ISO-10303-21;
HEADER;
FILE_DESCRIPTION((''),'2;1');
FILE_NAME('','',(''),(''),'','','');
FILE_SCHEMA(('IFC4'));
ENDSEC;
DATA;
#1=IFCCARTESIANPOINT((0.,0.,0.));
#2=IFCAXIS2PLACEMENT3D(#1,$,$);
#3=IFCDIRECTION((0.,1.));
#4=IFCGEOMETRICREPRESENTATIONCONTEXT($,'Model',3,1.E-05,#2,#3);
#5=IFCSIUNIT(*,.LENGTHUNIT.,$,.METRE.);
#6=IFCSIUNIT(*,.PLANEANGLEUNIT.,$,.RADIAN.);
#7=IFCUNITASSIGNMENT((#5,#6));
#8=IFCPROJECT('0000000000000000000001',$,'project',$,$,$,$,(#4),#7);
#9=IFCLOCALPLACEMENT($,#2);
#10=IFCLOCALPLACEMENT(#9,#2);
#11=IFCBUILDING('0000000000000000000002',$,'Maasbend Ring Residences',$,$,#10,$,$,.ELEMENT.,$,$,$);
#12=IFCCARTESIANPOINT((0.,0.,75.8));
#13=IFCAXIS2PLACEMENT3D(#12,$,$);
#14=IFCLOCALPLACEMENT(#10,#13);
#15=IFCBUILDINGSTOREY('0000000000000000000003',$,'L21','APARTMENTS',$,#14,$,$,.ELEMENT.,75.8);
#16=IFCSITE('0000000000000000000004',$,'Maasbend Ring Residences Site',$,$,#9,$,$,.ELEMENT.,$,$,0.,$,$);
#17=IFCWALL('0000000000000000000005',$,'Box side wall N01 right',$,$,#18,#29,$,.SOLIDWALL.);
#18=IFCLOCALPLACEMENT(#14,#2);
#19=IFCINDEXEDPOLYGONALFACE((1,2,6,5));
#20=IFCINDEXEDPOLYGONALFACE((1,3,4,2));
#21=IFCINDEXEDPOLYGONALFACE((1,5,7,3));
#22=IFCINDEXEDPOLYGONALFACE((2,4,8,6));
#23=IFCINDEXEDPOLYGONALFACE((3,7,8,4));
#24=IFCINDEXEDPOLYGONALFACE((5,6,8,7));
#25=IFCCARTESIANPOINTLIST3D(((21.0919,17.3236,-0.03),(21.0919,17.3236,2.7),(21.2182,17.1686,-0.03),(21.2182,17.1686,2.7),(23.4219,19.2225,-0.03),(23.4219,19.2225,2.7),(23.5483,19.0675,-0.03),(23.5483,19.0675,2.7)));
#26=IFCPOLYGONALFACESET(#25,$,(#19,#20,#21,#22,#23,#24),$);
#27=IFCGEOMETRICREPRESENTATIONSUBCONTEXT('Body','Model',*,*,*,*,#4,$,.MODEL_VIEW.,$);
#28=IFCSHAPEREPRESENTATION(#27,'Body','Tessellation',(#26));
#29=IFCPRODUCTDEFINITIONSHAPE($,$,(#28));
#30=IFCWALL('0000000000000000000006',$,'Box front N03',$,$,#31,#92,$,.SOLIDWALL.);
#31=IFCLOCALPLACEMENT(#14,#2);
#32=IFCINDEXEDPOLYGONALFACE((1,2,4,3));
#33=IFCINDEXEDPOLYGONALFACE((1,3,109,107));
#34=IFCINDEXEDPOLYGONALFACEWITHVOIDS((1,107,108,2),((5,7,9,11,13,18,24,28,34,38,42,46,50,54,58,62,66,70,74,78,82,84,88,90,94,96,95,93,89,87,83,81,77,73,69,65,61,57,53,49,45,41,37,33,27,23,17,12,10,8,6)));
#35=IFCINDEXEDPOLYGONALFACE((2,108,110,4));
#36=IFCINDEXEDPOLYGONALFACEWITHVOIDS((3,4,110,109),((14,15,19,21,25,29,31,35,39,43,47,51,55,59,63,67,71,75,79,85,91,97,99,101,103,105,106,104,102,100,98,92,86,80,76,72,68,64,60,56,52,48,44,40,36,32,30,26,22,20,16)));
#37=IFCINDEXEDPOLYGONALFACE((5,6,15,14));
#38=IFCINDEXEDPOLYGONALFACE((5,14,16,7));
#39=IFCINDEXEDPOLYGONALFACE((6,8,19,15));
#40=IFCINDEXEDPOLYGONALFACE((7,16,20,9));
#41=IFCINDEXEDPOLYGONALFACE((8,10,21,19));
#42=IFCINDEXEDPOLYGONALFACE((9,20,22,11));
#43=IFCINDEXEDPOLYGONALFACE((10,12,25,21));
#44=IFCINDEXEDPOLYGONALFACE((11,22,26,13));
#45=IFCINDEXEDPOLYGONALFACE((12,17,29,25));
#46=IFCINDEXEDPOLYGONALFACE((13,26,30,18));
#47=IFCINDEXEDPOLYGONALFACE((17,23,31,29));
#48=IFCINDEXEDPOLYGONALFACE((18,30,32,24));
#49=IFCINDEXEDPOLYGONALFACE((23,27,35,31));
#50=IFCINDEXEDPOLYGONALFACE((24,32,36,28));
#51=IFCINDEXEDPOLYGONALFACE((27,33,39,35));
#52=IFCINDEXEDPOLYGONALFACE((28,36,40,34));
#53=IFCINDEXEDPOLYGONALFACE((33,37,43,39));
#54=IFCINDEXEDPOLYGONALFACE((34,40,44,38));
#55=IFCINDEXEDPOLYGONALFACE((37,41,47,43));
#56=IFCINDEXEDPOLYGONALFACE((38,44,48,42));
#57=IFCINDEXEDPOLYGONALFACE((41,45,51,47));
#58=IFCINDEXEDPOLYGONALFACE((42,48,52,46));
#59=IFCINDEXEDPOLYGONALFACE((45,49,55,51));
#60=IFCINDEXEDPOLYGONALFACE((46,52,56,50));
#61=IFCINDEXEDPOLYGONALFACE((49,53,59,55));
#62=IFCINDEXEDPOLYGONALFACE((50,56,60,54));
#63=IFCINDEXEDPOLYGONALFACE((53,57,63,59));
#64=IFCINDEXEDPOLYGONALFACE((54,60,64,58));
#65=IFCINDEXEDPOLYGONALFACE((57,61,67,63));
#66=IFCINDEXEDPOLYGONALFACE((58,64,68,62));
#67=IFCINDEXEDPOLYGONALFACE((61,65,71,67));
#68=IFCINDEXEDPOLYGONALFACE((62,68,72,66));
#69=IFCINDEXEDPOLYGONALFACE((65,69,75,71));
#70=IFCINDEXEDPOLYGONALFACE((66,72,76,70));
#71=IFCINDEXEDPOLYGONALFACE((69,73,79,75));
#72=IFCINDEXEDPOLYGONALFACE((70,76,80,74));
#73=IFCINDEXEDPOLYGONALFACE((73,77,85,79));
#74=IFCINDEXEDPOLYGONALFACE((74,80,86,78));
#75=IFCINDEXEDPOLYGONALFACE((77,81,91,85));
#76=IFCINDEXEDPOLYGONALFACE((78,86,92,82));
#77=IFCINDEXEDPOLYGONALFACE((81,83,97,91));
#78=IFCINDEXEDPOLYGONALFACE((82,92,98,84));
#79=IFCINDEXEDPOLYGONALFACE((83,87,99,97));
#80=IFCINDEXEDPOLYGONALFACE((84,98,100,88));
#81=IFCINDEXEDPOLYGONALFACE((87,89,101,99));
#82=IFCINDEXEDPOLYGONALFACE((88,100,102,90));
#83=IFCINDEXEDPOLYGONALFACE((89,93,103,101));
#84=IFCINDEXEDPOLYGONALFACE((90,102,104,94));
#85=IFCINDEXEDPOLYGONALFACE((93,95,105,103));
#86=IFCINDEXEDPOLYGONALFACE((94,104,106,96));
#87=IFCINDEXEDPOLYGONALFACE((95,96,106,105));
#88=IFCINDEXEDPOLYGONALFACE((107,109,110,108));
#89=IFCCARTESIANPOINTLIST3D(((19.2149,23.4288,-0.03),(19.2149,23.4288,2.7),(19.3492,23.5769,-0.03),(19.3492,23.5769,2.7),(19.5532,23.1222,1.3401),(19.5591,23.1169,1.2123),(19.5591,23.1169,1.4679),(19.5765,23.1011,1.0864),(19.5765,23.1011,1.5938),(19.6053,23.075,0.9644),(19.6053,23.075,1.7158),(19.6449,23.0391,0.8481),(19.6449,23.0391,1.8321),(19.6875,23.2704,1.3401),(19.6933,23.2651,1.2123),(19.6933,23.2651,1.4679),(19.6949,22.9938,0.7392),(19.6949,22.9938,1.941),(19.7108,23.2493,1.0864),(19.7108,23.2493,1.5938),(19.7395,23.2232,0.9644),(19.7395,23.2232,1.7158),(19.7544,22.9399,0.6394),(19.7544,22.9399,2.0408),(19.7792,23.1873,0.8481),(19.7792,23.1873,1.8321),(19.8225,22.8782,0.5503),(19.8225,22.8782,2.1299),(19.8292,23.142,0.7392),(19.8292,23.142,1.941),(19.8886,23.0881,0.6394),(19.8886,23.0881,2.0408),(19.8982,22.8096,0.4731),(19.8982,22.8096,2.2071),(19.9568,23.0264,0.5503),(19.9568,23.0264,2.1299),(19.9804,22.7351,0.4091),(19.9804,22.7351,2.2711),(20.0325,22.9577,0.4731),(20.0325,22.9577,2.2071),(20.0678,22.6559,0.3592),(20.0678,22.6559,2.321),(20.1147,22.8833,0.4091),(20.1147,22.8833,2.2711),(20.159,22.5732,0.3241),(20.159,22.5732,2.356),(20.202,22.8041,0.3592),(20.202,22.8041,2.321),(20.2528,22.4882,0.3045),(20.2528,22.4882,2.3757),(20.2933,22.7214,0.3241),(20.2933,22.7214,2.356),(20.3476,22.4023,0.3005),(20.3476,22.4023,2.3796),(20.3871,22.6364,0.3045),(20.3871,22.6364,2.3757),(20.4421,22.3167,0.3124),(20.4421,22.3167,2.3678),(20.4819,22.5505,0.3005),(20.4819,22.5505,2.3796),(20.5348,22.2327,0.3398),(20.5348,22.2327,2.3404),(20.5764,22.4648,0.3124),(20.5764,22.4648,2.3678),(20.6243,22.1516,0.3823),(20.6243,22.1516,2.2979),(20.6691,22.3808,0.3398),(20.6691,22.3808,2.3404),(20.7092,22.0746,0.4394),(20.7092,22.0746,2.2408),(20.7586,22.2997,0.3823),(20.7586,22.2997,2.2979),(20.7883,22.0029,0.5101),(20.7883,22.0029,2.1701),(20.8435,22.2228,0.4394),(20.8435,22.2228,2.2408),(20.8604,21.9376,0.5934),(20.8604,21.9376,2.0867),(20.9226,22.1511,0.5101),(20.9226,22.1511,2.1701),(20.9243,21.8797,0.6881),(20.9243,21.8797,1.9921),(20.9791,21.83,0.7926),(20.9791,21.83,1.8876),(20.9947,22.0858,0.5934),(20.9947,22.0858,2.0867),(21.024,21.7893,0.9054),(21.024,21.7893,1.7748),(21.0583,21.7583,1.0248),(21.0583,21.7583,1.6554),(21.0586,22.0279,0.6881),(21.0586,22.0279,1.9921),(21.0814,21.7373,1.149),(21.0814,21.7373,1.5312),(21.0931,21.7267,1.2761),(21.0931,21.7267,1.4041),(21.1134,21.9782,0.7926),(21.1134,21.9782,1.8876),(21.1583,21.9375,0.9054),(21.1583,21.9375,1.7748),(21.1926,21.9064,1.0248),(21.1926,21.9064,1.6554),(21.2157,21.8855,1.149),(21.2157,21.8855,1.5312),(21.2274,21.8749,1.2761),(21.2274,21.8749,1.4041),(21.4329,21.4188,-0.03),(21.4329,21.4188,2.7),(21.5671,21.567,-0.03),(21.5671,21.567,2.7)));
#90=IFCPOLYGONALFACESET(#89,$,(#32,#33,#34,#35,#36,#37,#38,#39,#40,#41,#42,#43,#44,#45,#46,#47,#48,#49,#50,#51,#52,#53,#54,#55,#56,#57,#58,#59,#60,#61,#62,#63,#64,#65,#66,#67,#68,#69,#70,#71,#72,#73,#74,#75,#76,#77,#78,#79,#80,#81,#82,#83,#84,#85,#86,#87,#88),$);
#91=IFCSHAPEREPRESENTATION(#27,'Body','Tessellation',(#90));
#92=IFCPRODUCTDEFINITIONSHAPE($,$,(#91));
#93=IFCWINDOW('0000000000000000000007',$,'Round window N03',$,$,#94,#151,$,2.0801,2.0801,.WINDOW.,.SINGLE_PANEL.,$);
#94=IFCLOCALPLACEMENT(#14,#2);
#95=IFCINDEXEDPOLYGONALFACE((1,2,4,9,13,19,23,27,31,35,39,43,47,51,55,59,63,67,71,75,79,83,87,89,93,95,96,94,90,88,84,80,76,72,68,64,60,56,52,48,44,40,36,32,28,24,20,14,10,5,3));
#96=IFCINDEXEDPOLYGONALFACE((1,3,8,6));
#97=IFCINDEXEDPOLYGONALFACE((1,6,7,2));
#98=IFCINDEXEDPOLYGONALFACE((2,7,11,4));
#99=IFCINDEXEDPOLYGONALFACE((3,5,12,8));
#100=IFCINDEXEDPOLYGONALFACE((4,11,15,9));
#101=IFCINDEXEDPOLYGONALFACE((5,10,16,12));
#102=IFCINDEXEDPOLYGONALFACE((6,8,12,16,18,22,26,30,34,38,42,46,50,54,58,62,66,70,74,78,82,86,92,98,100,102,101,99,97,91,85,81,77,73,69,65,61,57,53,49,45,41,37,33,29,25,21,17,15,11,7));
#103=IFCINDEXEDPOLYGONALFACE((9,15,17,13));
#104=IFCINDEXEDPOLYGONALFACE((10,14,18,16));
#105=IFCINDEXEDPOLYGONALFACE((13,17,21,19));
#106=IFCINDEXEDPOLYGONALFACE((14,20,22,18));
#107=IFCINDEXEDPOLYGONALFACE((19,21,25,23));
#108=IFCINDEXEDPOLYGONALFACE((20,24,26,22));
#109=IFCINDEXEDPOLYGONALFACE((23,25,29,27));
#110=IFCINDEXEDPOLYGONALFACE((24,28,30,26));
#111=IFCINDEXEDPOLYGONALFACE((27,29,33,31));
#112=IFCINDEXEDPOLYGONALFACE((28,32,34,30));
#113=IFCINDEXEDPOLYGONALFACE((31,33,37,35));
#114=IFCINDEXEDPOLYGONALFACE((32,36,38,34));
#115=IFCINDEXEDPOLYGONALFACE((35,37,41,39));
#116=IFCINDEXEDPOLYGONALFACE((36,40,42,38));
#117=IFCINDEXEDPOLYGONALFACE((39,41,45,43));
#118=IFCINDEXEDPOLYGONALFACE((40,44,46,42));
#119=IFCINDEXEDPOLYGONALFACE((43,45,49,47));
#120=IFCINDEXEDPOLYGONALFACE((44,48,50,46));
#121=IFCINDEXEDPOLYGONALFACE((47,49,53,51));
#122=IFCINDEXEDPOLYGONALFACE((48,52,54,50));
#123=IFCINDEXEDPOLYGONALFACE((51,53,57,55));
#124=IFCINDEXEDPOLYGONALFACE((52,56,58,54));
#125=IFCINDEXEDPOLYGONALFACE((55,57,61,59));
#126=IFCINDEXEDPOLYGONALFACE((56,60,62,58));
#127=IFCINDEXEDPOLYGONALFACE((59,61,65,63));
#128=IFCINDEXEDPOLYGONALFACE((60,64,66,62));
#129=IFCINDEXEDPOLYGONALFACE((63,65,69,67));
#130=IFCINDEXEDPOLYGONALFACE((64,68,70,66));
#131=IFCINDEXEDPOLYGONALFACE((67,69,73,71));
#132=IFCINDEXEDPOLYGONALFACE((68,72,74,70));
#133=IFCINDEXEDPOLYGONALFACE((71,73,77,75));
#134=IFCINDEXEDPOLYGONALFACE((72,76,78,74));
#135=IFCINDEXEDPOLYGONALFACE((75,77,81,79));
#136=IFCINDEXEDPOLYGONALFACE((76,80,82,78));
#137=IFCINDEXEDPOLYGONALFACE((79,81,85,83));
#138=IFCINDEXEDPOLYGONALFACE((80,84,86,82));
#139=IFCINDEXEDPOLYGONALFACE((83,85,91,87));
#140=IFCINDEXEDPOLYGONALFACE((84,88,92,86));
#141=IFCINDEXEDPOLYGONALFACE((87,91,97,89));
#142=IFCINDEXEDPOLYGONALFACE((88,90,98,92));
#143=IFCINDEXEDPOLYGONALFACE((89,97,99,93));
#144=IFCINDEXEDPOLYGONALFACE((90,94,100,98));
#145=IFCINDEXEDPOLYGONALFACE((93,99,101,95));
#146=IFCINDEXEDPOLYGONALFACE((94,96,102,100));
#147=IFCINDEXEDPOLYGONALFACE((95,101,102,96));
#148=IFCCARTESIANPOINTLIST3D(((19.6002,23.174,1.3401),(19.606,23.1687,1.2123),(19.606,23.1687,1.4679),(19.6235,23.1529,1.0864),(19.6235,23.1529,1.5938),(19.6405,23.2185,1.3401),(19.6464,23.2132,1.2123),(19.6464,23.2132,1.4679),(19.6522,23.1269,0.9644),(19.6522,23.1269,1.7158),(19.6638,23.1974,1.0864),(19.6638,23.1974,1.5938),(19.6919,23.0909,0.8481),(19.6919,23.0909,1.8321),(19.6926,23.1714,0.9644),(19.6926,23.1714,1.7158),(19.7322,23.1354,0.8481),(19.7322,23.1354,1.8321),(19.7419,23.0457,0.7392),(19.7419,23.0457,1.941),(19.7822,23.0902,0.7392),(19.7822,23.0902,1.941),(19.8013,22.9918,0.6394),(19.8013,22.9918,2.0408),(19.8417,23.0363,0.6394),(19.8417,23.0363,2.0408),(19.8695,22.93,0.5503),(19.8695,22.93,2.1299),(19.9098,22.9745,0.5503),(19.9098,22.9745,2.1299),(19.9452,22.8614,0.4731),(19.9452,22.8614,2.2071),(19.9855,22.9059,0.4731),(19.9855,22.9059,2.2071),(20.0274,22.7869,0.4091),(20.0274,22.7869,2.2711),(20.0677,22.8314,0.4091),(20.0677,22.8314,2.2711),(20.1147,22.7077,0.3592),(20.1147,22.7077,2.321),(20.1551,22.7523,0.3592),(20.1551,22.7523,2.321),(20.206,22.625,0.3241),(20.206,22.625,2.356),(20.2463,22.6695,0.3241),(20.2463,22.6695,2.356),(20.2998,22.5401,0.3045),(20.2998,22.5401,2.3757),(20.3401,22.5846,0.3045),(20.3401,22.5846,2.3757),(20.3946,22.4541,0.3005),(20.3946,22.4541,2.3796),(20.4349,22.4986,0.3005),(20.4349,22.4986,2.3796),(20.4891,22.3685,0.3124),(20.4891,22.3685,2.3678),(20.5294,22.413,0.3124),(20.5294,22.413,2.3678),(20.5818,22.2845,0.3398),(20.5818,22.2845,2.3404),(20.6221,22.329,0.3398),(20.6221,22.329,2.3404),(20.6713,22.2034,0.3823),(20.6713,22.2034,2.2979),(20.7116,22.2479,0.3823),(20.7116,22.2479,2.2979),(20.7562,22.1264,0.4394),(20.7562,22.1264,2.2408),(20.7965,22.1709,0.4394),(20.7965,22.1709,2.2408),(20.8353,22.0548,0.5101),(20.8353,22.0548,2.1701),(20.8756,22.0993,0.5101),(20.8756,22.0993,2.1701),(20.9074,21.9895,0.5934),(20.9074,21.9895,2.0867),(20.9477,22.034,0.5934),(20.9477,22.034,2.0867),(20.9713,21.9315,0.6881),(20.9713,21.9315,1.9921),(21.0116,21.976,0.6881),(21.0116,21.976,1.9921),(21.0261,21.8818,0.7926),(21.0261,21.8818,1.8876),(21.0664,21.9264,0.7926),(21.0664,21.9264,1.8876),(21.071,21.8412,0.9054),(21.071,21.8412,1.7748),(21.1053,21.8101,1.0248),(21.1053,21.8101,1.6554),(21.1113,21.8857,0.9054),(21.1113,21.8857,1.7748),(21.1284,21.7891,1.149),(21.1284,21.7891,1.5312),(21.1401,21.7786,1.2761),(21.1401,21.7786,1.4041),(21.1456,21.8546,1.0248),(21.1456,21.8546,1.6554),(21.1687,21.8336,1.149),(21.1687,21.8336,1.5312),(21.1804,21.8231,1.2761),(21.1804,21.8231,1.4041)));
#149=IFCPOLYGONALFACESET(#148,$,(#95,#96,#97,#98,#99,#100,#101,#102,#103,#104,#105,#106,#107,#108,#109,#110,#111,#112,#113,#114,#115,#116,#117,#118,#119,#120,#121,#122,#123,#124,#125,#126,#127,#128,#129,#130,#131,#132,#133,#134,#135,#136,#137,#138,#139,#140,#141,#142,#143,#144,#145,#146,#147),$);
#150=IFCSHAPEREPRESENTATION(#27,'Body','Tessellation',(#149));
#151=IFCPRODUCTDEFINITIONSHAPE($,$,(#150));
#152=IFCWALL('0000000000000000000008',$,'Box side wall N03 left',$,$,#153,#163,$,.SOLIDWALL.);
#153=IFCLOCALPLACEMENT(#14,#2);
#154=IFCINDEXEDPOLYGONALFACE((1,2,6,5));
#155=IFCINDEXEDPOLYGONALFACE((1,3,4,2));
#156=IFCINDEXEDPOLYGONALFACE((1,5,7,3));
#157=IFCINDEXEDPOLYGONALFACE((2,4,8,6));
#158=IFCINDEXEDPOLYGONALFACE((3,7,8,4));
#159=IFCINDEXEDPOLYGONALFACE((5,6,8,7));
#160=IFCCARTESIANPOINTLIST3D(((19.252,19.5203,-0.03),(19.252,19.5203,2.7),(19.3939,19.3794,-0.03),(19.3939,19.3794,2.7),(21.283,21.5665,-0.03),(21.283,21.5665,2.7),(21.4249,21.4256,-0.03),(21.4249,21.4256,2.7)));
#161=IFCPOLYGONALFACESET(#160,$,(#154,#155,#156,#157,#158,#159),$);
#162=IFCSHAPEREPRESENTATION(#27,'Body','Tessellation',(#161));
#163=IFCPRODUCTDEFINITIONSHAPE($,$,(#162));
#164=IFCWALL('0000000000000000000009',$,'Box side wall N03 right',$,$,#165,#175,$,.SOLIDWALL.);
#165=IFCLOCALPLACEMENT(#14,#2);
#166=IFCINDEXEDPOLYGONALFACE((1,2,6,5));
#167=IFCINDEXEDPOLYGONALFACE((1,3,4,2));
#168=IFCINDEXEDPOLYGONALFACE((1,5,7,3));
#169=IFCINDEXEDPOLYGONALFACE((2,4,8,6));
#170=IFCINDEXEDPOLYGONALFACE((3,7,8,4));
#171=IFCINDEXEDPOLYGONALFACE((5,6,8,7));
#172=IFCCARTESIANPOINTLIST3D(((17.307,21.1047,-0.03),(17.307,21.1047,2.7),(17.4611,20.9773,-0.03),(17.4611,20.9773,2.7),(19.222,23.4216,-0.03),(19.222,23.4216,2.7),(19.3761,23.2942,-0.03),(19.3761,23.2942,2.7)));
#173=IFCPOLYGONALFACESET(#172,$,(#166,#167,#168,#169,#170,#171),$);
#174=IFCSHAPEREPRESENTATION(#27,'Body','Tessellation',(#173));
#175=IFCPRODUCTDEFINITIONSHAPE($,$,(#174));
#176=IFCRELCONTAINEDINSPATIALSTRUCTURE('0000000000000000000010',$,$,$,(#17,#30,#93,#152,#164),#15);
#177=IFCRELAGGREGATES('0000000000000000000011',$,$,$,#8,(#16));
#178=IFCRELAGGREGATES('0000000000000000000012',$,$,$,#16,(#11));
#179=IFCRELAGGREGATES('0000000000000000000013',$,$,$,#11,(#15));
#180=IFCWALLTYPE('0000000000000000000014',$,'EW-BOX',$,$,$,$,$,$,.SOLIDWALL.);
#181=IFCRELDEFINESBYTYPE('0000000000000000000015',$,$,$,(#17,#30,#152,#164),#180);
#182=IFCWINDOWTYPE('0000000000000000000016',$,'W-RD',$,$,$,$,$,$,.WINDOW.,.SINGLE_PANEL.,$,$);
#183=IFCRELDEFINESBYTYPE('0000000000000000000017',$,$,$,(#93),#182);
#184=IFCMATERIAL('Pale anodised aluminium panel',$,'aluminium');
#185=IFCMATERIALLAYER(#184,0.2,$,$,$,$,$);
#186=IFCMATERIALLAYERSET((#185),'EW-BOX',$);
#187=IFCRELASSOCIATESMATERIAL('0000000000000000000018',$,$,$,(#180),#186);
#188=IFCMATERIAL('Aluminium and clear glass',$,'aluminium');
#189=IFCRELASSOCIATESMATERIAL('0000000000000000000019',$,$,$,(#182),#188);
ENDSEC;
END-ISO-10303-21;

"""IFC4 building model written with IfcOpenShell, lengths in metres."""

from ifc_helpers import new_model, si_unit, direction, frame, frame_2d, origin, place, context, subcontext, project, spatial, rectangle, circle, extrude, material, layer, layer_set, type_object, element, fill, save


model = new_model("IFC4")

# Units and contexts
model_context = context("Model", 3, precision=1e-05, world=origin(), true_north=direction((0.0, 1.0)))
body_context = subcontext(model_context, "Body", "Model", "MODEL_VIEW")
ifc_project = project(units=[si_unit("LENGTHUNIT", "METRE"), si_unit("PLANEANGLEUNIT", "RADIAN")], contexts=[model_context])

# Site, building, storey
site_placement = place(None, origin())
site = spatial("IfcSite", under=ifc_project, at=site_placement, Name="Maasbend Ring Residences Site", CompositionType="ELEMENT", RefElevation=0.0)
building_placement = place(site_placement, origin())
building = spatial("IfcBuilding", under=site, at=building_placement, Name="Maasbend Ring Residences", CompositionType="ELEMENT")
storey_placement = place(building_placement, frame((0.0, 0.0, 75.8)))
storey = spatial("IfcBuildingStorey", under=building, at=storey_placement, Name="L21", Description="APARTMENTS", CompositionType="ELEMENT", Elevation=75.8)

# Shared definitions
ifc_material_1 = material(Name="Pale anodised aluminium panel", Category="aluminium")
ifc_layer_1 = layer(ifc_material_1, 0.2)
ifc_layer_set_1 = layer_set([ifc_layer_1], Name="EW-BOX")
wall_type_1 = type_object("IfcWallType", Name="EW-BOX", PredefinedType="SOLIDWALL", material=ifc_layer_set_1)
ifc_material_2 = material(Name="Aluminium and clear glass", Category="aluminium")
window_type_1 = type_object("IfcWindowType", Name="W-RD", PartitioningType="SINGLE_PANEL", PredefinedType="WINDOW", material=ifc_material_2)

# Wall
wall_1_placement = place(storey_placement, frame((21.155, 17.2461, -0.03), z_axis=(0.0, 0.0, 1.0), x_axis=(0.775179, 0.631742, 0.0)))
element("IfcWall", 1, at=wall_1_placement, inside=storey, type_object=wall_type_1, Name="Box side wall N01 right", PredefinedType="SOLIDWALL", context=body_context, shape_type="SweptSolid", body=[
    extrude(rectangle(XDim=3.0059, YDim=0.2, at=frame_2d((1.5029, 0.0))), origin(), (0.0, 0.0, 1.0), 2.73),
])

# Wall, opening, window
wall_2_placement = place(storey_placement, frame((21.5, 21.4929, -0.03), z_axis=(0.0, 0.0, 1.0), x_axis=(-0.740998, 0.671507, 0.0)))
wall_2 = element("IfcWall", 2, at=wall_2_placement, inside=storey, type_object=wall_type_1, Name="Box front N03", PredefinedType="SOLIDWALL", context=body_context, shape_type="SweptSolid", body=[
    extrude(rectangle(XDim=2.9932, YDim=0.2, at=frame_2d((1.4966, 0.0))), origin(), (0.0, 0.0, 1.0), 2.73),
])
opening_1_placement = place(wall_2_placement, frame((0.4565, 0.0, 0.3301)))
opening_1 = element("IfcOpeningElement", 3, at=opening_1_placement, cuts=wall_2, PredefinedType="OPENING", context=body_context, shape_type="SweptSolid", body=[
    extrude(circle(Radius=1.04, at=frame_2d((1.04, 1.04))), frame((0.0, 0.1099, 0.0), z_axis=(0.0, -1.0, 0.0), x_axis=(1.0, 0.0, 0.0)), (0.0, 0.0, 1.0), 0.22),
])
window_1_placement = place(opening_1_placement, origin())
window_1 = element("IfcWindow", 4, at=window_1_placement, inside=storey, type_object=window_type_1, Name="Round window N03", OverallHeight=2.0801, OverallWidth=2.0801, PartitioningType="SINGLE_PANEL", PredefinedType="WINDOW", context=body_context, shape_type="SweptSolid", body=[
    extrude(circle(Radius=1.04, at=frame_2d((1.04, 1.04))), frame((0.0, 0.03, 0.0), z_axis=(0.0, -1.0, 0.0), x_axis=(1.0, 0.0, 0.0)), (0.0, 0.0, 1.0), 0.0601),
])
fill(opening_1, window_1)

# Walls
wall_3_placement = place(storey_placement, frame((19.323, 19.45, -0.03), z_axis=(0.0, 0.0, 1.0), x_axis=(0.704477, 0.709727, 0.0)))
element("IfcWall", 5, at=wall_3_placement, inside=storey, type_object=wall_type_1, Name="Box side wall N03 left", PredefinedType="SOLIDWALL", context=body_context, shape_type="SweptSolid", body=[
    extrude(rectangle(XDim=2.8831, YDim=0.2, at=frame_2d((1.4414, 0.0))), origin(), (0.0, 0.0, 1.0), 2.73),
])
wall_4_placement = place(storey_placement, frame((17.384, 21.041, -0.03), z_axis=(0.0, 0.0, 1.0), x_axis=(0.637096, 0.770785, 0.0)))
element("IfcWall", 6, at=wall_4_placement, inside=storey, type_object=wall_type_1, Name="Box side wall N03 right", PredefinedType="SOLIDWALL", context=body_context, shape_type="SweptSolid", body=[
    extrude(rectangle(XDim=3.0059, YDim=0.2, at=frame_2d((1.5029, 0.0))), origin(), (0.0, 0.0, 1.0), 2.73),
])

save(model, "model.ifc")
